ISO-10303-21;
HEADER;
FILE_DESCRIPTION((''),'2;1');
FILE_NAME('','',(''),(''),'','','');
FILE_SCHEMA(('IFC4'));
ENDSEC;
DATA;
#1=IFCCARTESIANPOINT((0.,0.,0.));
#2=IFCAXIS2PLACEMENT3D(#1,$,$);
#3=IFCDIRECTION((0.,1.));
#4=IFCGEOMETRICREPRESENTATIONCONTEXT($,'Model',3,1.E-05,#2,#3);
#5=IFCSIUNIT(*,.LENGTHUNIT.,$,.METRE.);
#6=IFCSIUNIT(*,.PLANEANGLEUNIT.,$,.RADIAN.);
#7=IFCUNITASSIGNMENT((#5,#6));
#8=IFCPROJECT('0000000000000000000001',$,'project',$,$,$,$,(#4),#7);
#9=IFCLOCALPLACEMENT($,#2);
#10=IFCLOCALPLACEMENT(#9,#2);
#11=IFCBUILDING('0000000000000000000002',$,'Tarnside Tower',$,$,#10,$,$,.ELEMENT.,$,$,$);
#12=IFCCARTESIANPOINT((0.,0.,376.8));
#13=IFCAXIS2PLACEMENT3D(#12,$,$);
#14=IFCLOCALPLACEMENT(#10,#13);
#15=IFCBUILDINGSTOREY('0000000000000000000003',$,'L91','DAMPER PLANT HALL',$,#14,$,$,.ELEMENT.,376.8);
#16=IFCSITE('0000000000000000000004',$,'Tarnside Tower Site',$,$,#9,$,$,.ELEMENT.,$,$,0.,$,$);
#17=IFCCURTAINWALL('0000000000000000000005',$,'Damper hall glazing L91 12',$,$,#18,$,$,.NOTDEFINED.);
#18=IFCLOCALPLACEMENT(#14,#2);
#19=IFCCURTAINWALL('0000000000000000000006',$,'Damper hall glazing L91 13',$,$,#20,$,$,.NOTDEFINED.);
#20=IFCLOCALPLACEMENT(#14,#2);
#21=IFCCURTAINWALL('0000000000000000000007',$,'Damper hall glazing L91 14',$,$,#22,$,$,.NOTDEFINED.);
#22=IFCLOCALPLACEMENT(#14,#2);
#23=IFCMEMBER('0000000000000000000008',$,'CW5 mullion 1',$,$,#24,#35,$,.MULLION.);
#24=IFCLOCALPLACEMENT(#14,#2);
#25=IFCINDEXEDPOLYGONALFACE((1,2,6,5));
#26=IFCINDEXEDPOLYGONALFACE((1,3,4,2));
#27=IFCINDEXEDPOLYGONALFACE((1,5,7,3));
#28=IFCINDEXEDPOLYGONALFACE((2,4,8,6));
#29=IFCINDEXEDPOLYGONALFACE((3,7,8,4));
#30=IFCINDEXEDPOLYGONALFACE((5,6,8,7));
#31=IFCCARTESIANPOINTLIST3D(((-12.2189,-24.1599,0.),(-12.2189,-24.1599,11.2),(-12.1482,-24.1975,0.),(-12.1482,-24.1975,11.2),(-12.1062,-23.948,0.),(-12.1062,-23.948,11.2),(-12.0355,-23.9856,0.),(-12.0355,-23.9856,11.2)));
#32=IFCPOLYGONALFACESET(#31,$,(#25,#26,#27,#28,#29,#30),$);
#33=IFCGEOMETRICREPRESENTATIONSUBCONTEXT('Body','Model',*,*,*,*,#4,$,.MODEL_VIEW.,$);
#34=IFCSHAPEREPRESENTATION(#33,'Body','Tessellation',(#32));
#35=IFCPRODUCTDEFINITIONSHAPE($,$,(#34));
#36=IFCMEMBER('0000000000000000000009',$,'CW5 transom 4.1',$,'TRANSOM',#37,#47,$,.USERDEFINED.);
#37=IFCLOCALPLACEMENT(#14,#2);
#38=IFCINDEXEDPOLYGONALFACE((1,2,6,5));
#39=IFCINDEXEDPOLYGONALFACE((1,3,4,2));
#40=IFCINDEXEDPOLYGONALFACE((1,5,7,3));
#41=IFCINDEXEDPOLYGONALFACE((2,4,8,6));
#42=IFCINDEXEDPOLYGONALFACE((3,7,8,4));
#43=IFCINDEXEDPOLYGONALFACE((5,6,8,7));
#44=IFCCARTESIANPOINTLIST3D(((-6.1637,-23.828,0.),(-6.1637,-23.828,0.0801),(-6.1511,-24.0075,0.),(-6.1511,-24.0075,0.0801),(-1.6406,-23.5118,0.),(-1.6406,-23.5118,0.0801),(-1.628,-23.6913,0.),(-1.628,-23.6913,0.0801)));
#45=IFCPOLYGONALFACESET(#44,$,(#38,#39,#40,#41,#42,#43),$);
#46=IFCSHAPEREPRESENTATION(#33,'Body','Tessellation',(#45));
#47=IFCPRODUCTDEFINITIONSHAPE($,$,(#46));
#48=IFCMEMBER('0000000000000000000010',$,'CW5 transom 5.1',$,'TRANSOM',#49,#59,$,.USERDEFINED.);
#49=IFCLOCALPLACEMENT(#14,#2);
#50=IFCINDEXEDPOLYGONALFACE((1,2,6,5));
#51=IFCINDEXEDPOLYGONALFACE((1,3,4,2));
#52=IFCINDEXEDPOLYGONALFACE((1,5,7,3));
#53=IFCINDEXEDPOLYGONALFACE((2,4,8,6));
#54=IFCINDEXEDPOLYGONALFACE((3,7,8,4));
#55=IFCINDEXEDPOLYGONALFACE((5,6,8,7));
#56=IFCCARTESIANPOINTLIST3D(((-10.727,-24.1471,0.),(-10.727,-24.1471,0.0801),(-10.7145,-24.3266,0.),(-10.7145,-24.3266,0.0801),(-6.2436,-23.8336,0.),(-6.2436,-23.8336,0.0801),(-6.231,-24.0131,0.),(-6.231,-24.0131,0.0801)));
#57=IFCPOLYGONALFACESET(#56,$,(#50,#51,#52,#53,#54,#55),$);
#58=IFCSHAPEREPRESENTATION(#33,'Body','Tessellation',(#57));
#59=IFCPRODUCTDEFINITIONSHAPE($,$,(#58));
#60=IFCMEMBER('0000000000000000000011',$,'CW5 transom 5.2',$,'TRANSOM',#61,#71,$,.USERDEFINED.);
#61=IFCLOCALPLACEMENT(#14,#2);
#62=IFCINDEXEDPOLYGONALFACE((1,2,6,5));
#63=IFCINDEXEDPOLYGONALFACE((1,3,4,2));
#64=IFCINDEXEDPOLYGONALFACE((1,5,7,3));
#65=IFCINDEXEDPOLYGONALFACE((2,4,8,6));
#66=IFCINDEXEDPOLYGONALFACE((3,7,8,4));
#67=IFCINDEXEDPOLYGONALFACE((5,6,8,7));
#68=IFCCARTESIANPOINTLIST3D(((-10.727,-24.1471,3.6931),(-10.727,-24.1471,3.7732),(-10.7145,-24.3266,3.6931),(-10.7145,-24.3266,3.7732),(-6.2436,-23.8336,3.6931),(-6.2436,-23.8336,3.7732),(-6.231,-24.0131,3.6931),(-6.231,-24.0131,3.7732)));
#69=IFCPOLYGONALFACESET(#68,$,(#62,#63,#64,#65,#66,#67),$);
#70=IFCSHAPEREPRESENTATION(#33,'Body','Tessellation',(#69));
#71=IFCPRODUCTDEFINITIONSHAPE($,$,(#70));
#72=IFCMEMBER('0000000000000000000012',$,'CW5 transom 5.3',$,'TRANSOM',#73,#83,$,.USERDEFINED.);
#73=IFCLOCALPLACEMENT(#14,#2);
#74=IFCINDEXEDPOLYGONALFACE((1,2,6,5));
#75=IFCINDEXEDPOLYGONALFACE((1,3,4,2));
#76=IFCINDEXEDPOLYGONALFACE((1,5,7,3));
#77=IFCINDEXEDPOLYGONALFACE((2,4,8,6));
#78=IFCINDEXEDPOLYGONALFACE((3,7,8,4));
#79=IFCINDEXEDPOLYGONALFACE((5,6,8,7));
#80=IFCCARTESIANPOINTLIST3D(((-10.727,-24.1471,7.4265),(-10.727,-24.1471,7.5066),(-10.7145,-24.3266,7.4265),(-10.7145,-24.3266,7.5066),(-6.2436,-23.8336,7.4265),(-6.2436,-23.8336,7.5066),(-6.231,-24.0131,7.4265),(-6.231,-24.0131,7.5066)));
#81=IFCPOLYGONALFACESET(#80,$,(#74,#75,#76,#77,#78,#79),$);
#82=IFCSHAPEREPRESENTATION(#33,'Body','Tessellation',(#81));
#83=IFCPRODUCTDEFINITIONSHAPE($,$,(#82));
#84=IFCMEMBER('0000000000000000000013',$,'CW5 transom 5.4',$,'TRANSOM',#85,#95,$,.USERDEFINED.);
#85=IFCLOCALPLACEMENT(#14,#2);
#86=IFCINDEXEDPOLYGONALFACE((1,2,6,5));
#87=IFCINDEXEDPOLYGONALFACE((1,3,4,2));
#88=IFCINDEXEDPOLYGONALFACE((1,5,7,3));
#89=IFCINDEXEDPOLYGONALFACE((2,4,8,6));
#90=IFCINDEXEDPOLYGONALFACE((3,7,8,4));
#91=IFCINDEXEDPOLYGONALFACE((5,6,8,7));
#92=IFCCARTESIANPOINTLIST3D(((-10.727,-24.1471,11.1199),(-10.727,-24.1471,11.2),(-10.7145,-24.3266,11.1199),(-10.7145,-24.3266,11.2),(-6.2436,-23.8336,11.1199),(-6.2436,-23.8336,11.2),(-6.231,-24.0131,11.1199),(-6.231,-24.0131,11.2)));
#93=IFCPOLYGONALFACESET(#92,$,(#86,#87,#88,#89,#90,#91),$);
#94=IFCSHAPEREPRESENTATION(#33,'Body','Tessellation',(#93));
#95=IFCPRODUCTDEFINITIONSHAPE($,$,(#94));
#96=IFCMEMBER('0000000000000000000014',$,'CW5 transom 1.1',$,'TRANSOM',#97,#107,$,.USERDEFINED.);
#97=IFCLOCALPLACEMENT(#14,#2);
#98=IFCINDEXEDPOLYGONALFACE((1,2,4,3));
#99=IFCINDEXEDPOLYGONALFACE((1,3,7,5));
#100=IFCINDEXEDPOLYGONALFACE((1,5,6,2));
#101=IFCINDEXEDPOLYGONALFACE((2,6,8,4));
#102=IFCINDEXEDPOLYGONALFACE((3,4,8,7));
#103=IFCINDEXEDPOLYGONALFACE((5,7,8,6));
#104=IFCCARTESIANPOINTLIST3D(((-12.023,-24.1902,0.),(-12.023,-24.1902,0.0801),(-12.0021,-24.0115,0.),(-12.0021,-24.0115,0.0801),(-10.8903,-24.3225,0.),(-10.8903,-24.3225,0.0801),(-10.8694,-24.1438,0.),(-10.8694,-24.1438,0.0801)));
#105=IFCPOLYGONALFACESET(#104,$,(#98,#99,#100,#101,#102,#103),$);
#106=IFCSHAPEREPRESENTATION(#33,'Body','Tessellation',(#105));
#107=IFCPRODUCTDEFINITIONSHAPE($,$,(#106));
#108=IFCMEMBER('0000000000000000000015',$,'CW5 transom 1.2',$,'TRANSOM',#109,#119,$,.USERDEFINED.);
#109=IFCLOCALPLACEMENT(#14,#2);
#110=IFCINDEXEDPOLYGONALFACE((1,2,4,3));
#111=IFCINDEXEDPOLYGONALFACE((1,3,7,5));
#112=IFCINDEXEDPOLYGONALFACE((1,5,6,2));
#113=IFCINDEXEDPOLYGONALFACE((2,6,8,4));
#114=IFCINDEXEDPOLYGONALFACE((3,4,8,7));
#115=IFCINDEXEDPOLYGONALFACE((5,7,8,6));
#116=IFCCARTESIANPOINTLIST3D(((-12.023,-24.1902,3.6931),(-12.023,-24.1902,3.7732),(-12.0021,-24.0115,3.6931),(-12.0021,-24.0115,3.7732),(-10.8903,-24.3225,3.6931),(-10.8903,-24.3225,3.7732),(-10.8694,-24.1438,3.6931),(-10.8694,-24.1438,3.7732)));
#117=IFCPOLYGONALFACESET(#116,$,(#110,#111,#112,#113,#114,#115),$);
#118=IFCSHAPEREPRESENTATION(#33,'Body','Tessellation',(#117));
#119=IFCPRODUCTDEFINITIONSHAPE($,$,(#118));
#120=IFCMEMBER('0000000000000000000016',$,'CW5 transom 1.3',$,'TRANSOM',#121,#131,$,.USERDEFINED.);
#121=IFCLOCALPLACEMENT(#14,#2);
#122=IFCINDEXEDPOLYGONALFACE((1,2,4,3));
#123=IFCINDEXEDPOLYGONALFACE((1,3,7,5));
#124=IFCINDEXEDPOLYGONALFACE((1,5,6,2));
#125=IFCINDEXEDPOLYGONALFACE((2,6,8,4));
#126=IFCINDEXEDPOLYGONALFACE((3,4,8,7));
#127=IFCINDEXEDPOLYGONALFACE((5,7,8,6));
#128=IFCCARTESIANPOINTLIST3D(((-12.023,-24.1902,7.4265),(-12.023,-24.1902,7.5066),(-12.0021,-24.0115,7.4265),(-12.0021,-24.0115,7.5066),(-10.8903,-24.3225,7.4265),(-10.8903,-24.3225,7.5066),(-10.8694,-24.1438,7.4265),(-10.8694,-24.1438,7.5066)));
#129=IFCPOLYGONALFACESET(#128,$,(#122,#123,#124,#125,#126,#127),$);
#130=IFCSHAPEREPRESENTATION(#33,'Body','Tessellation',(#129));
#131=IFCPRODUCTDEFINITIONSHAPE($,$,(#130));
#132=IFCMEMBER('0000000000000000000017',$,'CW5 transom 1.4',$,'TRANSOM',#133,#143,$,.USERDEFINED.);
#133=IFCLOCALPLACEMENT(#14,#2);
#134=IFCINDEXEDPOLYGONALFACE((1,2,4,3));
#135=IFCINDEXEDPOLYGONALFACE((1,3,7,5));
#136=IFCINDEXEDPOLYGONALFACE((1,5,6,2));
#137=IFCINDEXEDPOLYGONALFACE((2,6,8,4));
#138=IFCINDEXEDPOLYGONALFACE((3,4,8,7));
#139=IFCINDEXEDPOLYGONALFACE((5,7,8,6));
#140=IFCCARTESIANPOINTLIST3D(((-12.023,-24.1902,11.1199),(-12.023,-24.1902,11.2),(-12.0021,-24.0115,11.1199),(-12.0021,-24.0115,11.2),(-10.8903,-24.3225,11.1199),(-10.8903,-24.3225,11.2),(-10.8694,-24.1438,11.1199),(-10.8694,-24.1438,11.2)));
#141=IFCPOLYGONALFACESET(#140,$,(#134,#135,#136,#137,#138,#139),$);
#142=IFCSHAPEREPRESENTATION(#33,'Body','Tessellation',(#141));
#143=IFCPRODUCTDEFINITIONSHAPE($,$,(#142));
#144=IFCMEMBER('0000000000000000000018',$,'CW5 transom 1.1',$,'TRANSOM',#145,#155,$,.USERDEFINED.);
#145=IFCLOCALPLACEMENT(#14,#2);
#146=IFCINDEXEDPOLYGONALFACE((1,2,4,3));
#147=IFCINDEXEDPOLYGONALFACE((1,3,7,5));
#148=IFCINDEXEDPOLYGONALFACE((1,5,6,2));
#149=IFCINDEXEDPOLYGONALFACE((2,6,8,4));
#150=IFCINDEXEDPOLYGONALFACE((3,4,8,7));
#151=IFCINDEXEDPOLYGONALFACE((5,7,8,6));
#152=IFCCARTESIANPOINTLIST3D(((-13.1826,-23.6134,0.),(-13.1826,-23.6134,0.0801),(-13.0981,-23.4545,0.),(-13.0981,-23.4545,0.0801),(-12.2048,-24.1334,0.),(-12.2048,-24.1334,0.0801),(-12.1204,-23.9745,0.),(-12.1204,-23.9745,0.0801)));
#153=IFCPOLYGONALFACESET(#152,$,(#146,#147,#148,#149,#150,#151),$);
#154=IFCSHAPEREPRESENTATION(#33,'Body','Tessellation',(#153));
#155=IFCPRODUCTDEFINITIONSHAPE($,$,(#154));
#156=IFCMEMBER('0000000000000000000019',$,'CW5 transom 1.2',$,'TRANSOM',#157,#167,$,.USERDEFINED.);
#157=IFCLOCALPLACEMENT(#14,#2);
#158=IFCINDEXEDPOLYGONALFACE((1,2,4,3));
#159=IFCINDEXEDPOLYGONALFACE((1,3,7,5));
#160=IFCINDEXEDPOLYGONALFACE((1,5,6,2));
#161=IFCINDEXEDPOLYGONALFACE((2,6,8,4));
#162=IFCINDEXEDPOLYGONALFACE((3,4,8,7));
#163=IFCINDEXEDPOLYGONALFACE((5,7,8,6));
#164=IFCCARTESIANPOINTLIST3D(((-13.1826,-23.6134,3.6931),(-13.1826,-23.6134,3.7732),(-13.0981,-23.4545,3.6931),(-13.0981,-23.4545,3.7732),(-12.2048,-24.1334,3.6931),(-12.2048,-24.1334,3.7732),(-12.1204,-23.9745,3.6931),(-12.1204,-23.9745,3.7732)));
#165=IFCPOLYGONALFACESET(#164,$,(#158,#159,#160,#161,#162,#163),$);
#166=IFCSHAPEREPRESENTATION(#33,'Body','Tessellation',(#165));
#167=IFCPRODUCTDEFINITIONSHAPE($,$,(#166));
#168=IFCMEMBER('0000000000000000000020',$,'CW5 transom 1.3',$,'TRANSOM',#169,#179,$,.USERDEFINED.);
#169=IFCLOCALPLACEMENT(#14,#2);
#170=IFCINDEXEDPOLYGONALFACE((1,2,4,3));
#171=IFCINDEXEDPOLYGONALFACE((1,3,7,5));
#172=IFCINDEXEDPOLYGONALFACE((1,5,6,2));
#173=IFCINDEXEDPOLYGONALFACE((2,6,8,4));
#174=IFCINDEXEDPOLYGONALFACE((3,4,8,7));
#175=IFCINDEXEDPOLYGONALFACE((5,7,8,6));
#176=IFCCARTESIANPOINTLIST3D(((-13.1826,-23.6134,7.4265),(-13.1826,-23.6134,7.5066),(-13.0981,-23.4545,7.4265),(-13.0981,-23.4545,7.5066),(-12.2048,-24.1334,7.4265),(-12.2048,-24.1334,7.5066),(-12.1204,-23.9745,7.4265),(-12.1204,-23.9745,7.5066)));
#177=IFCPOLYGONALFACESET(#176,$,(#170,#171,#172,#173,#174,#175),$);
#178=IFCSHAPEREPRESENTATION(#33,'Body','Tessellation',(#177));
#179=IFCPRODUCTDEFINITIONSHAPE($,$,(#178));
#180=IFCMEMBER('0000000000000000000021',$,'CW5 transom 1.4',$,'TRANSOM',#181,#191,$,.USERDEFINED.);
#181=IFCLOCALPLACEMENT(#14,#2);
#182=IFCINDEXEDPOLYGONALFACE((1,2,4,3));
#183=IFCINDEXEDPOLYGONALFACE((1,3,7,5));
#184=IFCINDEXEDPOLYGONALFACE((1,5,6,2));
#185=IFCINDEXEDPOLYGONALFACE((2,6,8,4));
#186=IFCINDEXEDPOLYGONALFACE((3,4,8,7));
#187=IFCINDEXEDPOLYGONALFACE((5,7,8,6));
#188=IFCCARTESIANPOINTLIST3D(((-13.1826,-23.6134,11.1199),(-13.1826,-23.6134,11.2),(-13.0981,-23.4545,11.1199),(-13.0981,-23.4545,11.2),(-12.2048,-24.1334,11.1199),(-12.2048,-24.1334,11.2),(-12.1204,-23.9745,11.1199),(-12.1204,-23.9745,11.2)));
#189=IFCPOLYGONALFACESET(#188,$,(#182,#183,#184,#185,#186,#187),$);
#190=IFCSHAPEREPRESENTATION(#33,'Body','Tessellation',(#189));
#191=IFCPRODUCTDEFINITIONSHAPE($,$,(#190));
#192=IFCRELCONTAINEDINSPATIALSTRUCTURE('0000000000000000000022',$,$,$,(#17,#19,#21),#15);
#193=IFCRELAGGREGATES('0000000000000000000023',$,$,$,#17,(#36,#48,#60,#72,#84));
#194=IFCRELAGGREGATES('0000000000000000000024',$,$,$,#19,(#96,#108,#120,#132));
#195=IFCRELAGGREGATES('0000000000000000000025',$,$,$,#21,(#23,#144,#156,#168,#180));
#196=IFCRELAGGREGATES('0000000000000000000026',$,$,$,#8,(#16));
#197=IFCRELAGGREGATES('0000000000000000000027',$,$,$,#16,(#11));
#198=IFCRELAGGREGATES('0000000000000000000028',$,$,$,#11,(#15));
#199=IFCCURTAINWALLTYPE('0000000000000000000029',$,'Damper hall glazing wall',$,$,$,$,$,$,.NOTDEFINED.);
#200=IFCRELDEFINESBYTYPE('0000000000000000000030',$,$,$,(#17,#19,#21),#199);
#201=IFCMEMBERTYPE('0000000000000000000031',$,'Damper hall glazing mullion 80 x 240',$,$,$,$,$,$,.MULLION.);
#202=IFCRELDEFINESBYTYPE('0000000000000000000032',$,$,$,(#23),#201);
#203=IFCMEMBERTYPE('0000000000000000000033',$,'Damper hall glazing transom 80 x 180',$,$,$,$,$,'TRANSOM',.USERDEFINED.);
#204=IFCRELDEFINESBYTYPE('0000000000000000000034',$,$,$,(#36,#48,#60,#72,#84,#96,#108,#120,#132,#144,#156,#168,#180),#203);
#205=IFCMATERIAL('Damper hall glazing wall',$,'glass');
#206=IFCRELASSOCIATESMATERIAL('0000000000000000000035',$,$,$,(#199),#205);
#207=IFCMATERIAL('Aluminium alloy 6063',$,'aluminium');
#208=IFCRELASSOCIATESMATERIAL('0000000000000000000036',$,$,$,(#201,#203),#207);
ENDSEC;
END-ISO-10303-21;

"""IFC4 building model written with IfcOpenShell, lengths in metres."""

from ifc_helpers import new_model, si_unit, direction, frame, origin, origin_2d, place, context, subcontext, project, spatial, rectangle, extrude, material, material_profile, profile_set, type_object, element, aggregate, save


model = new_model("IFC4")

# Units and contexts
model_context = context("Model", 3, precision=1e-05, world=origin(), true_north=direction((0.0, 1.0)))
body_context = subcontext(model_context, "Body", "Model", "MODEL_VIEW")
ifc_project = project(units=[si_unit("LENGTHUNIT", "METRE"), si_unit("PLANEANGLEUNIT", "RADIAN")], contexts=[model_context])

# Site, building, storey
site_placement = place(None, origin())
site = spatial("IfcSite", under=ifc_project, at=site_placement, Name="Tarnside Tower Site", CompositionType="ELEMENT", RefElevation=0.0)
building_placement = place(site_placement, origin())
building = spatial("IfcBuilding", under=site, at=building_placement, Name="Tarnside Tower", CompositionType="ELEMENT")
storey_placement = place(building_placement, frame((0.0, 0.0, 376.8)))
storey = spatial("IfcBuildingStorey", under=building, at=storey_placement, Name="L91", Description="DAMPER PLANT HALL", CompositionType="ELEMENT", Elevation=376.8)

# Curtain walls
ifc_material_1 = material(Name="Damper hall glazing wall", Category="glass")
curtain_wall_type = type_object("IfcCurtainWallType", Name="Damper hall glazing wall", PredefinedType="NOTDEFINED", material=ifc_material_1)
curtain_wall_1_placement = place(storey_placement, origin())
curtain_wall_1 = element("IfcCurtainWall", 1, at=curtain_wall_1_placement, inside=storey, type_object=curtain_wall_type, Name="Damper hall glazing L91 12", PredefinedType="NOTDEFINED")
ifc_material_2 = material(Name="Aluminium alloy 6063", Category="aluminium")
ifc_material_profile_1 = material_profile(ifc_material_2, rectangle(XDim=0.24, YDim=0.0801, at=origin_2d()), Name="Damper hall glazing mullion 80 x 240")
ifc_profile_set_1 = profile_set([ifc_material_profile_1], Name="Aluminium alloy 6063")
member_type_1 = type_object("IfcMemberType", Name="Damper hall glazing mullion 80 x 240", PredefinedType="MULLION", material=ifc_profile_set_1)
curtain_wall_2_placement = place(storey_placement, origin())
curtain_wall_2 = element("IfcCurtainWall", 2, at=curtain_wall_2_placement, inside=storey, type_object=curtain_wall_type, Name="Damper hall glazing L91 13", PredefinedType="NOTDEFINED")

# Curtain wall, member
curtain_wall_3_placement = place(storey_placement, origin())
curtain_wall_3 = element("IfcCurtainWall", 3, at=curtain_wall_3_placement, inside=storey, type_object=curtain_wall_type, Name="Damper hall glazing L91 14", PredefinedType="NOTDEFINED")
member_1_placement = place(storey_placement, frame((-12.1272, -24.0728, 0.0), z_axis=(0.0, 0.0, 1.0), x_axis=(-0.469472, -0.882948, 0.0)))
member_1 = element("IfcMember", 4, at=member_1_placement, type_object=member_type_1, Name="CW5 mullion 1", PredefinedType="MULLION", context=body_context, shape_type="SweptSolid", body=[
    extrude(rectangle(XDim=0.24, YDim=0.0801, at=origin_2d()), origin(), (0.0, 0.0, 1.0), 11.2),
])

# Members
ifc_material_profile_2 = material_profile(ifc_material_2, rectangle(XDim=0.1799, YDim=0.0801, at=origin_2d()), Name="Damper hall glazing transom 80 x 180")
ifc_profile_set_2 = profile_set([ifc_material_profile_2], Name="Aluminium alloy 6063")
member_type_2 = type_object("IfcMemberType", Name="Damper hall glazing transom 80 x 180", ElementType="TRANSOM", PredefinedType="USERDEFINED", material=ifc_profile_set_2)
member_2_placement = place(storey_placement, frame((-1.6343, -23.6016, 0.04), z_axis=(-0.997566, -0.069728, 0.0), x_axis=(0.069728, -0.997566, 0.0)))
member_2 = element("IfcMember", 5, at=member_2_placement, type_object=member_type_2, Name="CW5 transom 4.1", ObjectType="TRANSOM", PredefinedType="USERDEFINED", context=body_context, shape_type="SweptSolid", body=[
    extrude(rectangle(XDim=0.1799, YDim=0.0801, at=origin_2d()), origin(), (0.0, 0.0, 1.0), 4.5342),
])
member_3_placement = place(storey_placement, frame((-6.2373, -23.9233, 0.04), z_axis=(-0.997565, -0.069749, 0.0), x_axis=(0.069749, -0.997565, 0.0)))
member_3 = element("IfcMember", 6, at=member_3_placement, type_object=member_type_2, Name="CW5 transom 5.1", ObjectType="TRANSOM", PredefinedType="USERDEFINED", context=body_context, shape_type="SweptSolid", body=[
    extrude(rectangle(XDim=0.1799, YDim=0.0801, at=origin_2d()), origin(), (0.0, 0.0, 1.0), 4.4944),
])
member_4_placement = place(storey_placement, frame((-6.2373, -23.9233, 3.7332), z_axis=(-0.997565, -0.069749, 0.0), x_axis=(0.069749, -0.997565, 0.0)))
member_4 = element("IfcMember", 7, at=member_4_placement, type_object=member_type_2, Name="CW5 transom 5.2", ObjectType="TRANSOM", PredefinedType="USERDEFINED", context=body_context, shape_type="SweptSolid", body=[
    extrude(rectangle(XDim=0.1799, YDim=0.0801, at=origin_2d()), origin(), (0.0, 0.0, 1.0), 4.4944),
])
member_5_placement = place(storey_placement, frame((-6.2373, -23.9233, 7.4666), z_axis=(-0.997565, -0.069749, 0.0), x_axis=(0.069749, -0.997565, 0.0)))
member_5 = element("IfcMember", 8, at=member_5_placement, type_object=member_type_2, Name="CW5 transom 5.3", ObjectType="TRANSOM", PredefinedType="USERDEFINED", context=body_context, shape_type="SweptSolid", body=[
    extrude(rectangle(XDim=0.1799, YDim=0.0801, at=origin_2d()), origin(), (0.0, 0.0, 1.0), 4.4944),
])
member_6_placement = place(storey_placement, frame((-6.2373, -23.9233, 11.1599), z_axis=(-0.997565, -0.069749, 0.0), x_axis=(0.069749, -0.997565, 0.0)))
member_6 = element("IfcMember", 9, at=member_6_placement, type_object=member_type_2, Name="CW5 transom 5.4", ObjectType="TRANSOM", PredefinedType="USERDEFINED", context=body_context, shape_type="SweptSolid", body=[
    extrude(rectangle(XDim=0.1799, YDim=0.0801, at=origin_2d()), origin(), (0.0, 0.0, 1.0), 4.4944),
])
member_7_placement = place(storey_placement, frame((-10.8799, -24.2332, 0.04), z_axis=(-0.993244, 0.116046, 0.0), x_axis=(-0.116046, -0.993244, 0.0)))
member_7 = element("IfcMember", 10, at=member_7_placement, type_object=member_type_2, Name="CW5 transom 1.1", ObjectType="TRANSOM", PredefinedType="USERDEFINED", context=body_context, shape_type="SweptSolid", body=[
    extrude(rectangle(XDim=0.1799, YDim=0.0801, at=origin_2d()), origin(), (0.0, 0.0, 1.0), 1.1404),
])
member_8_placement = place(storey_placement, frame((-10.8799, -24.2332, 3.7332), z_axis=(-0.993244, 0.116046, 0.0), x_axis=(-0.116046, -0.993244, 0.0)))
member_8 = element("IfcMember", 11, at=member_8_placement, type_object=member_type_2, Name="CW5 transom 1.2", ObjectType="TRANSOM", PredefinedType="USERDEFINED", context=body_context, shape_type="SweptSolid", body=[
    extrude(rectangle(XDim=0.1799, YDim=0.0801, at=origin_2d()), origin(), (0.0, 0.0, 1.0), 1.1404),
])
member_9_placement = place(storey_placement, frame((-10.8799, -24.2332, 7.4666), z_axis=(-0.993244, 0.116046, 0.0), x_axis=(-0.116046, -0.993244, 0.0)))
member_9 = element("IfcMember", 12, at=member_9_placement, type_object=member_type_2, Name="CW5 transom 1.3", ObjectType="TRANSOM", PredefinedType="USERDEFINED", context=body_context, shape_type="SweptSolid", body=[
    extrude(rectangle(XDim=0.1799, YDim=0.0801, at=origin_2d()), origin(), (0.0, 0.0, 1.0), 1.1404),
])
member_10_placement = place(storey_placement, frame((-10.8799, -24.2332, 11.1599), z_axis=(-0.993244, 0.116046, 0.0), x_axis=(-0.116046, -0.993244, 0.0)))
member_10 = element("IfcMember", 13, at=member_10_placement, type_object=member_type_2, Name="CW5 transom 1.4", ObjectType="TRANSOM", PredefinedType="USERDEFINED", context=body_context, shape_type="SweptSolid", body=[
    extrude(rectangle(XDim=0.1799, YDim=0.0801, at=origin_2d()), origin(), (0.0, 0.0, 1.0), 1.1404),
])
member_11_placement = place(storey_placement, frame((-12.1626, -24.054, 0.04), z_axis=(-0.882902, 0.469558, 0.0), x_axis=(-0.469558, -0.882902, 0.0)))
member_11 = element("IfcMember", 14, at=member_11_placement, type_object=member_type_2, Name="CW5 transom 1.1", ObjectType="TRANSOM", PredefinedType="USERDEFINED", context=body_context, shape_type="SweptSolid", body=[
    extrude(rectangle(XDim=0.1799, YDim=0.0801, at=origin_2d()), origin(), (0.0, 0.0, 1.0), 1.1074),
])
member_12_placement = place(storey_placement, frame((-12.1626, -24.054, 3.7332), z_axis=(-0.882902, 0.469558, 0.0), x_axis=(-0.469558, -0.882902, 0.0)))
member_12 = element("IfcMember", 15, at=member_12_placement, type_object=member_type_2, Name="CW5 transom 1.2", ObjectType="TRANSOM", PredefinedType="USERDEFINED", context=body_context, shape_type="SweptSolid", body=[
    extrude(rectangle(XDim=0.1799, YDim=0.0801, at=origin_2d()), origin(), (0.0, 0.0, 1.0), 1.1074),
])
member_13_placement = place(storey_placement, frame((-12.1626, -24.054, 7.4666), z_axis=(-0.882902, 0.469558, 0.0), x_axis=(-0.469558, -0.882902, 0.0)))
member_13 = element("IfcMember", 16, at=member_13_placement, type_object=member_type_2, Name="CW5 transom 1.3", ObjectType="TRANSOM", PredefinedType="USERDEFINED", context=body_context, shape_type="SweptSolid", body=[
    extrude(rectangle(XDim=0.1799, YDim=0.0801, at=origin_2d()), origin(), (0.0, 0.0, 1.0), 1.1074),
])
member_14_placement = place(storey_placement, frame((-12.1626, -24.054, 11.1599), z_axis=(-0.882902, 0.469558, 0.0), x_axis=(-0.469558, -0.882902, 0.0)))
member_14 = element("IfcMember", 17, at=member_14_placement, type_object=member_type_2, Name="CW5 transom 1.4", ObjectType="TRANSOM", PredefinedType="USERDEFINED", context=body_context, shape_type="SweptSolid", body=[
    extrude(rectangle(XDim=0.1799, YDim=0.0801, at=origin_2d()), origin(), (0.0, 0.0, 1.0), 1.1074),
])

aggregate(curtain_wall_1, [member_2, member_3, member_4, member_5, member_6])
aggregate(curtain_wall_2, [member_7, member_8, member_9, member_10])
aggregate(curtain_wall_3, [member_1, member_11, member_12, member_13, member_14])

save(model, "model.ifc")
